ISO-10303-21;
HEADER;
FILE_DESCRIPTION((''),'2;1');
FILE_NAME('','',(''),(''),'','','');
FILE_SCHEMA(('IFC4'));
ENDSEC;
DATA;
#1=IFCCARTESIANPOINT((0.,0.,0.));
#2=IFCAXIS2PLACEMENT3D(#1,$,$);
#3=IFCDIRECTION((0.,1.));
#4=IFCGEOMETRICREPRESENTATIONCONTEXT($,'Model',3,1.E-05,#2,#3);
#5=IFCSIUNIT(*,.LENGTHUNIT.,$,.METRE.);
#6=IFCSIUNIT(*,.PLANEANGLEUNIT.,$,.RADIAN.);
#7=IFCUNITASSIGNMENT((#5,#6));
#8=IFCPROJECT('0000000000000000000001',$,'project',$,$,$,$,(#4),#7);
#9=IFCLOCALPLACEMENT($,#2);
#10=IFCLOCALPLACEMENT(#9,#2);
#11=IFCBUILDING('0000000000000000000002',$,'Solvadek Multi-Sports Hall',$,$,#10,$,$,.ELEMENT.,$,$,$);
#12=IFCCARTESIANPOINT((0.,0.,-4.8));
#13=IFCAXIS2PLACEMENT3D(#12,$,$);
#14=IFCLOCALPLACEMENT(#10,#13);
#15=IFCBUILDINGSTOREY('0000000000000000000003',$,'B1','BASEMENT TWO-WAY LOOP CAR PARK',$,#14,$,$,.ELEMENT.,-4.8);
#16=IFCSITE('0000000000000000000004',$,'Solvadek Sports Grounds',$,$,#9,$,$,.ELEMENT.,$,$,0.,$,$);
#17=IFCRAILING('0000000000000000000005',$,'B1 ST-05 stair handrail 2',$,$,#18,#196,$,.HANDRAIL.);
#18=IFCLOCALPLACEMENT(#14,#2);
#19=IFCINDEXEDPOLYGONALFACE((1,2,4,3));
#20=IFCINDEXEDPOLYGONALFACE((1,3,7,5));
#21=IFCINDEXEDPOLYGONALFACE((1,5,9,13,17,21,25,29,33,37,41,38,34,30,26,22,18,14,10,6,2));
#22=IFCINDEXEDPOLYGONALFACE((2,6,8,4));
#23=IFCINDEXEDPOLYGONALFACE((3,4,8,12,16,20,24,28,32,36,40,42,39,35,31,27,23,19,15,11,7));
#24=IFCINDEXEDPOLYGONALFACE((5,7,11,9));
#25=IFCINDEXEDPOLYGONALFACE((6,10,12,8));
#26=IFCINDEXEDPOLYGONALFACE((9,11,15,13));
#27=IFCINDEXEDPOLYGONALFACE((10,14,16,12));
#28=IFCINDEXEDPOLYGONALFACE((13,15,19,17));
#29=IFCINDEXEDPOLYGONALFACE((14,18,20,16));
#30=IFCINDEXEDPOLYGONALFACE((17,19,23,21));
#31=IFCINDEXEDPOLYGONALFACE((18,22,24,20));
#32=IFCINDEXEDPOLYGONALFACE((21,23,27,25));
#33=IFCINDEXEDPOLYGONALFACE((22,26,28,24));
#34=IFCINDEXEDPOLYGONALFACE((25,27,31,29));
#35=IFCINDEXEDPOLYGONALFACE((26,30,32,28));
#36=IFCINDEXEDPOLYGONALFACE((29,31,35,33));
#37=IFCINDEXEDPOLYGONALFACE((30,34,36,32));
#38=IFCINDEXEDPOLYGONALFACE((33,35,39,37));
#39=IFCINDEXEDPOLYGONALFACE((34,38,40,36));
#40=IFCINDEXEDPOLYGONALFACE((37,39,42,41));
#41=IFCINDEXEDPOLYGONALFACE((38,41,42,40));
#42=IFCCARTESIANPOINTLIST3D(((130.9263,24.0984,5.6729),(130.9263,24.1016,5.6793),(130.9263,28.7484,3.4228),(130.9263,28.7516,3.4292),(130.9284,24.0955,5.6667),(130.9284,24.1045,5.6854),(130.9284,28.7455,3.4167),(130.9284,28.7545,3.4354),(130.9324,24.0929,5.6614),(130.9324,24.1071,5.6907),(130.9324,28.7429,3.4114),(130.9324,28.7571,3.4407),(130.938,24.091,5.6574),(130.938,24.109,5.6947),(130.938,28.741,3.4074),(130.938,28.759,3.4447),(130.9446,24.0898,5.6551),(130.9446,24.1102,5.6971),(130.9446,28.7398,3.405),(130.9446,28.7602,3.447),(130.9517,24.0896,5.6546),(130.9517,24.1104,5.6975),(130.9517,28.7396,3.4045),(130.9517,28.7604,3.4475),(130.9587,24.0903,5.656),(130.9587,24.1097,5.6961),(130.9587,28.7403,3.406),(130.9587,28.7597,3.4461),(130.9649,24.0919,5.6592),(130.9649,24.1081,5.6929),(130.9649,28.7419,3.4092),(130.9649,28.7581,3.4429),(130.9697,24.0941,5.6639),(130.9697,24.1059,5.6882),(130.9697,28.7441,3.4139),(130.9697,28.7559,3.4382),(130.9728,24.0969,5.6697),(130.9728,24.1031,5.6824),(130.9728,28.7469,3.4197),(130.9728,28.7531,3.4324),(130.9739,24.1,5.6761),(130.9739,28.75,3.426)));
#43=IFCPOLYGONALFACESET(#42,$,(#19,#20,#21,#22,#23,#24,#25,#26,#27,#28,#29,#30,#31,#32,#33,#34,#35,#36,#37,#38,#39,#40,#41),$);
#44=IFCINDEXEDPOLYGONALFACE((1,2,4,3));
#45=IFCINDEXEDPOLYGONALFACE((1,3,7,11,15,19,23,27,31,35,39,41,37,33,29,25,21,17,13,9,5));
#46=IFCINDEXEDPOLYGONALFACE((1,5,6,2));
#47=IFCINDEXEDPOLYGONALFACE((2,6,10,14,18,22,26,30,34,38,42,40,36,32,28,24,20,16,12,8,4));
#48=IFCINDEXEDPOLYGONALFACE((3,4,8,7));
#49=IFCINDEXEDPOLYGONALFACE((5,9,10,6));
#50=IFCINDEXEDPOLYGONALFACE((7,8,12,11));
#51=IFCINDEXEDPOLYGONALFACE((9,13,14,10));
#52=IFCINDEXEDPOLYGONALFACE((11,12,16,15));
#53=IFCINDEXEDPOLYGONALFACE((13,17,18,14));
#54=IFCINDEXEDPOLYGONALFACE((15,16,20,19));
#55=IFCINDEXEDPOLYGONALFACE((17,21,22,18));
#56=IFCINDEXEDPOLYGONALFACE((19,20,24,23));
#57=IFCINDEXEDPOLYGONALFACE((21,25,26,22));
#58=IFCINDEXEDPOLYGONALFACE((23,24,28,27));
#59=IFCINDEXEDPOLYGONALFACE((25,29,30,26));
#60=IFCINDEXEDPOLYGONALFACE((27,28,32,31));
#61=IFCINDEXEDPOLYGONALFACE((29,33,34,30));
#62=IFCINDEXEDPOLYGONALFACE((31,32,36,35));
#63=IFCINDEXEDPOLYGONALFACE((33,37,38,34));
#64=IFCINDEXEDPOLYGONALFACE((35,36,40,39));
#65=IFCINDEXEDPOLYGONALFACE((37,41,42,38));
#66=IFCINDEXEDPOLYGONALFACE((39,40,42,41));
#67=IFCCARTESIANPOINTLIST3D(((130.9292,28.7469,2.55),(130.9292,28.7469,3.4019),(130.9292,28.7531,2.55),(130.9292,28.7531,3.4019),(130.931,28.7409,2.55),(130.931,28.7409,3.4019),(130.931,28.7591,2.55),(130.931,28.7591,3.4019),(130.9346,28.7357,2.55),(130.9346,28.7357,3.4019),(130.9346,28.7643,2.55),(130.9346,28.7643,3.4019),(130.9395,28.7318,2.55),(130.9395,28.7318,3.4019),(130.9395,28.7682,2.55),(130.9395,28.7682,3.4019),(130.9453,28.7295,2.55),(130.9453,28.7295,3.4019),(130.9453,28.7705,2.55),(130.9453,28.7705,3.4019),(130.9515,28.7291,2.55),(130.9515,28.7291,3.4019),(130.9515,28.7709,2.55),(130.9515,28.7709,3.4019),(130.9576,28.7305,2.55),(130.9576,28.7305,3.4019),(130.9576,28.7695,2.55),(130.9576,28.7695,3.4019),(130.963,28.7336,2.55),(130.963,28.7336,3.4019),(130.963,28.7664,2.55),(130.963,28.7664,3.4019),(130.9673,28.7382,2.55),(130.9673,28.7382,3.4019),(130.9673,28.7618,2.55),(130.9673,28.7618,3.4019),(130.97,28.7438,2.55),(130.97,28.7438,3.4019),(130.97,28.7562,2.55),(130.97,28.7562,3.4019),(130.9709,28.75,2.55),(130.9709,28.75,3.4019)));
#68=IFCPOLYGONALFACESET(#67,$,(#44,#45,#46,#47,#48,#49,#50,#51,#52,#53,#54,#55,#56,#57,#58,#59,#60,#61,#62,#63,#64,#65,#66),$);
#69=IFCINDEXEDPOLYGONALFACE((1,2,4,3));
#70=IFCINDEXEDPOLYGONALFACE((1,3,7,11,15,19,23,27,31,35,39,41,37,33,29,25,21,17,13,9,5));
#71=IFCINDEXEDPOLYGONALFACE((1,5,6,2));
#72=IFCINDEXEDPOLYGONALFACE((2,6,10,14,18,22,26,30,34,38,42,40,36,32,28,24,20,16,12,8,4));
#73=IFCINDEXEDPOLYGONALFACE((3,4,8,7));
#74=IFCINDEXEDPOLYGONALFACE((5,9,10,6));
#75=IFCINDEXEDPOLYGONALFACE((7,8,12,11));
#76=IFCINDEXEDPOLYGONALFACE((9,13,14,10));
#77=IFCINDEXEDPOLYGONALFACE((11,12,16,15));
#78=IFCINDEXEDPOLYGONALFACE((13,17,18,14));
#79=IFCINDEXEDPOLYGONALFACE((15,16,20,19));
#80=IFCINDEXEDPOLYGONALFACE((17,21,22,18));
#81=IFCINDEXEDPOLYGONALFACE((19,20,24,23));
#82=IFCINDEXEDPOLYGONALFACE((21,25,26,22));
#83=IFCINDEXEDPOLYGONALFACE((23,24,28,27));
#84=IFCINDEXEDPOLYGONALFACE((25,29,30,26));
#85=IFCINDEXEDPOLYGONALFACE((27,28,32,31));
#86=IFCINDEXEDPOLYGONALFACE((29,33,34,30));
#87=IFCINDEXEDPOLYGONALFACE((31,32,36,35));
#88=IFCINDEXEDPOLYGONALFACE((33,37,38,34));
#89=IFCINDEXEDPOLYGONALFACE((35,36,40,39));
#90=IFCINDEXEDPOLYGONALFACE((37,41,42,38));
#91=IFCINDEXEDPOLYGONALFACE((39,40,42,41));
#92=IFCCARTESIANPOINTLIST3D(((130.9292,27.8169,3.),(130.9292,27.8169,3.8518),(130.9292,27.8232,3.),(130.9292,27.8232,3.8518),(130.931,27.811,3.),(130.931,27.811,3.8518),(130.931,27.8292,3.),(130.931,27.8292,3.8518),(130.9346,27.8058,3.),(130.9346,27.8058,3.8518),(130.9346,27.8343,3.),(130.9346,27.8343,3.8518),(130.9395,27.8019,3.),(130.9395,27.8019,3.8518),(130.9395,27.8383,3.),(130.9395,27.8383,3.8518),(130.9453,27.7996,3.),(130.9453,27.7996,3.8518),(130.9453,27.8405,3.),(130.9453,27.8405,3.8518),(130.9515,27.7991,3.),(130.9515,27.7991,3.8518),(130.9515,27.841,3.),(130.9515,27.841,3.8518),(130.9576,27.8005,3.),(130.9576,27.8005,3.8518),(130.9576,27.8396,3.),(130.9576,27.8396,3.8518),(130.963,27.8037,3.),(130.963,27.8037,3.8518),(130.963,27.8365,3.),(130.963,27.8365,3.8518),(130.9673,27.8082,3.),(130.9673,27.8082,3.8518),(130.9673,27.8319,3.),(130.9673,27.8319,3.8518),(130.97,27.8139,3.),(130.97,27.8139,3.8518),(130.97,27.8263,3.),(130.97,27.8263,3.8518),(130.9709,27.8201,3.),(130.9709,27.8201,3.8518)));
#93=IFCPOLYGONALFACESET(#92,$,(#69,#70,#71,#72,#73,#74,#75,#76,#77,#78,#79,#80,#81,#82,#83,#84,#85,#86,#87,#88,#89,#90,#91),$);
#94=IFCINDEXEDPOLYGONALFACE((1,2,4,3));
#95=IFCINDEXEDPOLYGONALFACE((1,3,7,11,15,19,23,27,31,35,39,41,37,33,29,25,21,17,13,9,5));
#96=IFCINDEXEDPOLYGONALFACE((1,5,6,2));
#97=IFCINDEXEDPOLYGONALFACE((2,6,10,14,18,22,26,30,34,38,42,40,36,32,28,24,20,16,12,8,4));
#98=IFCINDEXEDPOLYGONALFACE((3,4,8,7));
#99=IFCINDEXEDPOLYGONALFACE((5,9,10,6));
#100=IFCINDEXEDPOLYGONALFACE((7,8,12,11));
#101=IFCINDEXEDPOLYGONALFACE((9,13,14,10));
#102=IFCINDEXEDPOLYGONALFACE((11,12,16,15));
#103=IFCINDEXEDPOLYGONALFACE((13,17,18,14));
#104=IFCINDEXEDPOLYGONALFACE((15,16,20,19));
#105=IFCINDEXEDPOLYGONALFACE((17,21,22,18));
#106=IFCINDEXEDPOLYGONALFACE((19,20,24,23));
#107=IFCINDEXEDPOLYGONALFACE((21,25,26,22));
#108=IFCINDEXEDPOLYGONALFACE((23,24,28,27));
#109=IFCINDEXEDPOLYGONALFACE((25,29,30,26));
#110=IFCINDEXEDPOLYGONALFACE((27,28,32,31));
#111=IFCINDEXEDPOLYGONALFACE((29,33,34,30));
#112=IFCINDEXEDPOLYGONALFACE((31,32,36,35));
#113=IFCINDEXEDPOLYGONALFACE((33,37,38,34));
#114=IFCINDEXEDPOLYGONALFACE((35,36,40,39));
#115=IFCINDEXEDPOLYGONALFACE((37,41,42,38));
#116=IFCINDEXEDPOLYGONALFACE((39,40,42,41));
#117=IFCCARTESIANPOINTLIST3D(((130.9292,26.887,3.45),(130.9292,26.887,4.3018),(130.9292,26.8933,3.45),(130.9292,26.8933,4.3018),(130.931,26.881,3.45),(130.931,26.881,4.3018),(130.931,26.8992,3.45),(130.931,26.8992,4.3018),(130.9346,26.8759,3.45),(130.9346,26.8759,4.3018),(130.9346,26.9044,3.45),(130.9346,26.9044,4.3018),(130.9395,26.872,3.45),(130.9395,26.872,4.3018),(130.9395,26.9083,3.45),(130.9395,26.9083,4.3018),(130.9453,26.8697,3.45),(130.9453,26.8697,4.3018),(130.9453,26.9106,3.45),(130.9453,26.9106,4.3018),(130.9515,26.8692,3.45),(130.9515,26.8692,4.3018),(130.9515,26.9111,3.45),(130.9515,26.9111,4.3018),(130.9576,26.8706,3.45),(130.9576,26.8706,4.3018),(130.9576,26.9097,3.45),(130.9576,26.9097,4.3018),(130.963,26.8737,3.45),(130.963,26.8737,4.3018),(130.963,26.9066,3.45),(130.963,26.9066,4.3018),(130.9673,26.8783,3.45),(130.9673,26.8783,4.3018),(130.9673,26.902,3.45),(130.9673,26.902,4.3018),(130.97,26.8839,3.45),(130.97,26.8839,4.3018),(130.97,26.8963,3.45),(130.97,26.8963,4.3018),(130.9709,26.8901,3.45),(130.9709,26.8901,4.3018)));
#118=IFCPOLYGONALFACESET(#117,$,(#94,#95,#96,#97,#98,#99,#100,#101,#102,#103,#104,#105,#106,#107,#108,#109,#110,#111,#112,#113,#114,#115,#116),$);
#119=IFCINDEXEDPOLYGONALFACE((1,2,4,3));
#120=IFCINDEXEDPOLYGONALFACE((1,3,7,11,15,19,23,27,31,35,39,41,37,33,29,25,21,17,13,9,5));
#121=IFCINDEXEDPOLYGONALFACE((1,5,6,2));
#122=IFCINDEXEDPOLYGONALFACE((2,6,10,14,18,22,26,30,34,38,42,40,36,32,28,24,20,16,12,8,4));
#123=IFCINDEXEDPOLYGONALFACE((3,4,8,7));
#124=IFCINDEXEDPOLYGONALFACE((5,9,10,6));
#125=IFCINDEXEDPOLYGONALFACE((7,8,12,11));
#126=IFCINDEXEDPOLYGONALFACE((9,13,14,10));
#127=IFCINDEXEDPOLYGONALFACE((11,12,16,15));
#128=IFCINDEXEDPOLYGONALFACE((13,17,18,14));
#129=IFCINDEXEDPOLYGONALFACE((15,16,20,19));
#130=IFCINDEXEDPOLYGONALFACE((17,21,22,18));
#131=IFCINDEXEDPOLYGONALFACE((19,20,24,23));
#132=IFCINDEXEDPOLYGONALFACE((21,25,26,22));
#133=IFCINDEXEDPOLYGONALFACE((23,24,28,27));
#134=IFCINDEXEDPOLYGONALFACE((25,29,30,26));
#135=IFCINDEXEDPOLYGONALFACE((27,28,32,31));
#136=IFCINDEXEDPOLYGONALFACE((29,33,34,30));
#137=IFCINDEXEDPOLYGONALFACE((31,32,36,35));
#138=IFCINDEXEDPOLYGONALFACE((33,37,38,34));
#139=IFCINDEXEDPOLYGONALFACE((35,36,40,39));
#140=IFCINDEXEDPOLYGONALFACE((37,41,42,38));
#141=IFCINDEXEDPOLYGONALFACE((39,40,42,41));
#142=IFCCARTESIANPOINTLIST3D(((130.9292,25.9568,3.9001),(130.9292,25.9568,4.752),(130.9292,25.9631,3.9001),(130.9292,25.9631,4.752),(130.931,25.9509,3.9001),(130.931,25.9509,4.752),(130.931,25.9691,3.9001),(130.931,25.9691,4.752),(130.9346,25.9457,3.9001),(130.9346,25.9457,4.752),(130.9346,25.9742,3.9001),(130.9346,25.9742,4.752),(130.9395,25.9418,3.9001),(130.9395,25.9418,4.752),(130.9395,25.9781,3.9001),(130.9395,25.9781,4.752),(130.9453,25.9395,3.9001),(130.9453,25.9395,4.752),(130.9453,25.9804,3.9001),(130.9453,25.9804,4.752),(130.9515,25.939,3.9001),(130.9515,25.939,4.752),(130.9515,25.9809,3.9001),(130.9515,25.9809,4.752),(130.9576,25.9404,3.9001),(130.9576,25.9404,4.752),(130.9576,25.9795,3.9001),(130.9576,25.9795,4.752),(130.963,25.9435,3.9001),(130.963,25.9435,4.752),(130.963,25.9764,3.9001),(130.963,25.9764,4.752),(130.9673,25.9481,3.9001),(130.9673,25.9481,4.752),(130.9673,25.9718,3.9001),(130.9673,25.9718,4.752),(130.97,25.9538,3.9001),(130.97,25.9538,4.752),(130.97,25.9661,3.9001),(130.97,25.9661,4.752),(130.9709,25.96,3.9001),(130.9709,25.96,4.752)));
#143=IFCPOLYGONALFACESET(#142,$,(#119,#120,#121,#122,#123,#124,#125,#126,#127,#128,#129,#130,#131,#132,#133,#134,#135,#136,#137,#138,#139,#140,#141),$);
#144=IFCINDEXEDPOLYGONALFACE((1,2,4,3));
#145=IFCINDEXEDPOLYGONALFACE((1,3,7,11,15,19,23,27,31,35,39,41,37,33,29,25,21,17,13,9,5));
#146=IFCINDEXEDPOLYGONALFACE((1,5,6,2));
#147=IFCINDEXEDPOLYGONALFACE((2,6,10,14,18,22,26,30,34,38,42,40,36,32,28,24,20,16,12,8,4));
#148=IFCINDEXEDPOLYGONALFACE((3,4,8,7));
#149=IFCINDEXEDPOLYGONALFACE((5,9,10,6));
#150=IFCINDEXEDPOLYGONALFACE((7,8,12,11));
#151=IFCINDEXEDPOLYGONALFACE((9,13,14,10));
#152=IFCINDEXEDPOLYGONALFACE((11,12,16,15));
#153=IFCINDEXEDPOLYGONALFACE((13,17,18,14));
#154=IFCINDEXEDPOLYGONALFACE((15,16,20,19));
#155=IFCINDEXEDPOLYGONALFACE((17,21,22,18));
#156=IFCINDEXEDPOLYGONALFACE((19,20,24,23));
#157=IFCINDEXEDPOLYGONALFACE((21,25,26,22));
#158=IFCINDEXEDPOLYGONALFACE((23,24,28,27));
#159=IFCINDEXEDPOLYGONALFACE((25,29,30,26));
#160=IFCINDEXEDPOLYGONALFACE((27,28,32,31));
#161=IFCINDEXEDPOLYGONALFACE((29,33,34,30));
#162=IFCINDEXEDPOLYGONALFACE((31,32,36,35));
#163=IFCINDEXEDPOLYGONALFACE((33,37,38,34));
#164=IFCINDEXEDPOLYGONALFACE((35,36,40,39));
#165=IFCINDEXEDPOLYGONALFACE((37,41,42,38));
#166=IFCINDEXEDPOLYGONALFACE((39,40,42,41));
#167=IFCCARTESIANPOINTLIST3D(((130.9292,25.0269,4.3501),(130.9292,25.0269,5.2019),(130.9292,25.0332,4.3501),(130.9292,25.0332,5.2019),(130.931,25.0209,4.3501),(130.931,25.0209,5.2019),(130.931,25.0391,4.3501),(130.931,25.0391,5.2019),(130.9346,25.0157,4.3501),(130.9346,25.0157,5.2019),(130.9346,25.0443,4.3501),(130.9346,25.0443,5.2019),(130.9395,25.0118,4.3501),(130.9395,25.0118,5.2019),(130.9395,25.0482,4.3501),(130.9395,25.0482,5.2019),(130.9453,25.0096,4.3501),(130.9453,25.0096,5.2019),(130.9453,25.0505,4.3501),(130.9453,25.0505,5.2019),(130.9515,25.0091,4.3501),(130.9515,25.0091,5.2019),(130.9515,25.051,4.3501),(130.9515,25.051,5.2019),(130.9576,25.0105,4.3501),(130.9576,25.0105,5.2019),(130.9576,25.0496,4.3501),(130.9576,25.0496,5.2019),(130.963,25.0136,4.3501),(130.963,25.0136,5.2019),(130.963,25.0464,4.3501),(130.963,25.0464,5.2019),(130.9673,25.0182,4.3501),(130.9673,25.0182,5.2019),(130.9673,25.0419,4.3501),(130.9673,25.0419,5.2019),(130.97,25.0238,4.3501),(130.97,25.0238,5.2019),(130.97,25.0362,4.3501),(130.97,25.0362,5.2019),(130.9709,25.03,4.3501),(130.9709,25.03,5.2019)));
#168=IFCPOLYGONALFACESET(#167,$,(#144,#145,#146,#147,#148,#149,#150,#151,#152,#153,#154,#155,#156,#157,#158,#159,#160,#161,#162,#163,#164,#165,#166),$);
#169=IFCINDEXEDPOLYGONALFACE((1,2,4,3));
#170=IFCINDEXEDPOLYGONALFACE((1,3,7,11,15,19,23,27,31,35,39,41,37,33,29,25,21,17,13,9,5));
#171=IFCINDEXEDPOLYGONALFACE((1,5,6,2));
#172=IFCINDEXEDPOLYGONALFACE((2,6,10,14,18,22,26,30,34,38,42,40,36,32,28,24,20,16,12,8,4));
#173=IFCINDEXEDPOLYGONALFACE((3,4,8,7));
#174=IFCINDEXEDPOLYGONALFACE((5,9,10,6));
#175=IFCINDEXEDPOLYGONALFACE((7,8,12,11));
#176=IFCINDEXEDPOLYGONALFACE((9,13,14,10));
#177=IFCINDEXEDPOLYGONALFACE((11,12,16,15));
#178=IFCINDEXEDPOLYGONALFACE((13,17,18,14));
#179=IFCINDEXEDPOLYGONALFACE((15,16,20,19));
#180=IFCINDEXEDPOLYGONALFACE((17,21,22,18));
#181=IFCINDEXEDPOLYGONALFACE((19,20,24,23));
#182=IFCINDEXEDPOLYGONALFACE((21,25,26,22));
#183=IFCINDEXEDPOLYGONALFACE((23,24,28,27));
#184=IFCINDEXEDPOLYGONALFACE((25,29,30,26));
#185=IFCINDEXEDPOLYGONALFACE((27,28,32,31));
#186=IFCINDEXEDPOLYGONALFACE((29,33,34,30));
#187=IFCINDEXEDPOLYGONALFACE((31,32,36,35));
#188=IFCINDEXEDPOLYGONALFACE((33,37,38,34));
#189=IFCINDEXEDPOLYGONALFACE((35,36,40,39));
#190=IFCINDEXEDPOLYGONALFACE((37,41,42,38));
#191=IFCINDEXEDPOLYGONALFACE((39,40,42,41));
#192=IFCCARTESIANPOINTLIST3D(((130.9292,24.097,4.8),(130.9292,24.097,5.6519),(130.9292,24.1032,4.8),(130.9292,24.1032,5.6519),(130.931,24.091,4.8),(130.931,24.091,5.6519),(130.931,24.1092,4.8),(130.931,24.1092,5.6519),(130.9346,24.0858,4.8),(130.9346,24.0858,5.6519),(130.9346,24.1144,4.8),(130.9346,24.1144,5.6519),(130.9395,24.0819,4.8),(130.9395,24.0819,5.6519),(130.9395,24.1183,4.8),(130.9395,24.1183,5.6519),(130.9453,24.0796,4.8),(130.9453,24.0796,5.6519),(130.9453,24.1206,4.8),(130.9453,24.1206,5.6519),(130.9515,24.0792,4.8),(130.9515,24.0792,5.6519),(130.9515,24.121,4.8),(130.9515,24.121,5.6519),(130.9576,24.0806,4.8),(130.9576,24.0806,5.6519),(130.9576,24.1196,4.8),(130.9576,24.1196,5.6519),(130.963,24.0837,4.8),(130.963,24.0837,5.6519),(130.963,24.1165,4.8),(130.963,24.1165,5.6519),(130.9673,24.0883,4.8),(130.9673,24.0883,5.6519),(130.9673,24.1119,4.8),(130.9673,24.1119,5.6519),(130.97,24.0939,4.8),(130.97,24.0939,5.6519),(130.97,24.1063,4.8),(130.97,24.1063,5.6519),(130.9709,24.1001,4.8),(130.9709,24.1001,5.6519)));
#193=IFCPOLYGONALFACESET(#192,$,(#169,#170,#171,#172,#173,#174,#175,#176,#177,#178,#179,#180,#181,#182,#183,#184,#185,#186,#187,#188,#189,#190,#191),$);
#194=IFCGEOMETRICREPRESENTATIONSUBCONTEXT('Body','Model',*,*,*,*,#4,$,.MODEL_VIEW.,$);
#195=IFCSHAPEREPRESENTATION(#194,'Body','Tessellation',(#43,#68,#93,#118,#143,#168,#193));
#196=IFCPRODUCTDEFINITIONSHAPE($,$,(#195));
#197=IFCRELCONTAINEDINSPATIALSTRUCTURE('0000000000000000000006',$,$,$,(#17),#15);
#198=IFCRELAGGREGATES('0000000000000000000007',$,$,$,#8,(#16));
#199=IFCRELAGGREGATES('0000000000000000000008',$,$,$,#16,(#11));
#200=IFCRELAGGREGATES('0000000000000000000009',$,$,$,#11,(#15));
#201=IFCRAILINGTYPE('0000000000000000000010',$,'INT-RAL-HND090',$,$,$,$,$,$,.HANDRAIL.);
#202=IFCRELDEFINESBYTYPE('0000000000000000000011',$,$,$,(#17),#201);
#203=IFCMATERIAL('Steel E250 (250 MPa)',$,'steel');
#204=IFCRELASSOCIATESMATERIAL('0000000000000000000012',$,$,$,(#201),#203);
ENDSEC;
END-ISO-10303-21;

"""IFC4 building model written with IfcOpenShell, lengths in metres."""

from ifc_helpers import new_model, si_unit, direction, frame, origin, origin_2d, place, context, subcontext, project, spatial, circle, extrude, material, type_object, element, save


model = new_model("IFC4")

# Units and contexts
model_context = context("Model", 3, precision=1e-05, world=origin(), true_north=direction((0.0, 1.0)))
body_context = subcontext(model_context, "Body", "Model", "MODEL_VIEW")
ifc_project = project(units=[si_unit("LENGTHUNIT", "METRE"), si_unit("PLANEANGLEUNIT", "RADIAN")], contexts=[model_context])

# Site, building, storey
site_placement = place(None, origin())
site = spatial("IfcSite", under=ifc_project, at=site_placement, Name="Solvadek Sports Grounds", CompositionType="ELEMENT", RefElevation=0.0)
building_placement = place(site_placement, origin())
building = spatial("IfcBuilding", under=site, at=building_placement, Name="Solvadek Multi-Sports Hall", CompositionType="ELEMENT")
storey_placement = place(building_placement, frame((0.0, 0.0, -4.8)))
storey = spatial("IfcBuildingStorey", under=building, at=storey_placement, Name="B1", Description="BASEMENT TWO-WAY LOOP CAR PARK", CompositionType="ELEMENT", Elevation=-4.8)

# Railing
ifc_material_1 = material(Name="Steel E250 (250 MPa)", Category="steel")
railing_type_1 = type_object("IfcRailingType", Name="INT-RAL-HND090", PredefinedType="HANDRAIL", material=ifc_material_1)
railing_1_placement = place(storey_placement, frame((130.95, 28.75, 2.55)))
element("IfcRailing", 1, at=railing_1_placement, inside=storey, type_object=railing_type_1, Name="B1 ST-05 stair handrail 2", PredefinedType="HANDRAIL", context=body_context, shape_type="SweptSolid", body=[
    extrude(circle(Radius=0.0239, at=origin_2d()), frame((0.0, 0.0, 0.876), z_axis=(0.0, -0.900156, 0.435568), x_axis=(1.0, 0.0, 0.0)), (0.0, 0.0, 1.0), 5.1658),
    extrude(circle(Radius=0.021, at=origin_2d()), origin(), (0.0, 0.0, 1.0), 0.8518),
    extrude(circle(Radius=0.021, at=origin_2d()), frame((0.0, -0.9299, 0.45)), (0.0, 0.0, 1.0), 0.8518),
    extrude(circle(Radius=0.021, at=origin_2d()), frame((0.0, -1.8599, 0.8999)), (0.0, 0.0, 1.0), 0.8518),
    extrude(circle(Radius=0.021, at=origin_2d()), frame((0.0, -2.79, 1.3501)), (0.0, 0.0, 1.0), 0.8518),
    extrude(circle(Radius=0.021, at=origin_2d()), frame((0.0, -3.72, 1.8)), (0.0, 0.0, 1.0), 0.8518),
    extrude(circle(Radius=0.021, at=origin_2d()), frame((0.0, -4.6499, 2.25)), (0.0, 0.0, 1.0), 0.8518),
])

save(model, "model.ifc")
